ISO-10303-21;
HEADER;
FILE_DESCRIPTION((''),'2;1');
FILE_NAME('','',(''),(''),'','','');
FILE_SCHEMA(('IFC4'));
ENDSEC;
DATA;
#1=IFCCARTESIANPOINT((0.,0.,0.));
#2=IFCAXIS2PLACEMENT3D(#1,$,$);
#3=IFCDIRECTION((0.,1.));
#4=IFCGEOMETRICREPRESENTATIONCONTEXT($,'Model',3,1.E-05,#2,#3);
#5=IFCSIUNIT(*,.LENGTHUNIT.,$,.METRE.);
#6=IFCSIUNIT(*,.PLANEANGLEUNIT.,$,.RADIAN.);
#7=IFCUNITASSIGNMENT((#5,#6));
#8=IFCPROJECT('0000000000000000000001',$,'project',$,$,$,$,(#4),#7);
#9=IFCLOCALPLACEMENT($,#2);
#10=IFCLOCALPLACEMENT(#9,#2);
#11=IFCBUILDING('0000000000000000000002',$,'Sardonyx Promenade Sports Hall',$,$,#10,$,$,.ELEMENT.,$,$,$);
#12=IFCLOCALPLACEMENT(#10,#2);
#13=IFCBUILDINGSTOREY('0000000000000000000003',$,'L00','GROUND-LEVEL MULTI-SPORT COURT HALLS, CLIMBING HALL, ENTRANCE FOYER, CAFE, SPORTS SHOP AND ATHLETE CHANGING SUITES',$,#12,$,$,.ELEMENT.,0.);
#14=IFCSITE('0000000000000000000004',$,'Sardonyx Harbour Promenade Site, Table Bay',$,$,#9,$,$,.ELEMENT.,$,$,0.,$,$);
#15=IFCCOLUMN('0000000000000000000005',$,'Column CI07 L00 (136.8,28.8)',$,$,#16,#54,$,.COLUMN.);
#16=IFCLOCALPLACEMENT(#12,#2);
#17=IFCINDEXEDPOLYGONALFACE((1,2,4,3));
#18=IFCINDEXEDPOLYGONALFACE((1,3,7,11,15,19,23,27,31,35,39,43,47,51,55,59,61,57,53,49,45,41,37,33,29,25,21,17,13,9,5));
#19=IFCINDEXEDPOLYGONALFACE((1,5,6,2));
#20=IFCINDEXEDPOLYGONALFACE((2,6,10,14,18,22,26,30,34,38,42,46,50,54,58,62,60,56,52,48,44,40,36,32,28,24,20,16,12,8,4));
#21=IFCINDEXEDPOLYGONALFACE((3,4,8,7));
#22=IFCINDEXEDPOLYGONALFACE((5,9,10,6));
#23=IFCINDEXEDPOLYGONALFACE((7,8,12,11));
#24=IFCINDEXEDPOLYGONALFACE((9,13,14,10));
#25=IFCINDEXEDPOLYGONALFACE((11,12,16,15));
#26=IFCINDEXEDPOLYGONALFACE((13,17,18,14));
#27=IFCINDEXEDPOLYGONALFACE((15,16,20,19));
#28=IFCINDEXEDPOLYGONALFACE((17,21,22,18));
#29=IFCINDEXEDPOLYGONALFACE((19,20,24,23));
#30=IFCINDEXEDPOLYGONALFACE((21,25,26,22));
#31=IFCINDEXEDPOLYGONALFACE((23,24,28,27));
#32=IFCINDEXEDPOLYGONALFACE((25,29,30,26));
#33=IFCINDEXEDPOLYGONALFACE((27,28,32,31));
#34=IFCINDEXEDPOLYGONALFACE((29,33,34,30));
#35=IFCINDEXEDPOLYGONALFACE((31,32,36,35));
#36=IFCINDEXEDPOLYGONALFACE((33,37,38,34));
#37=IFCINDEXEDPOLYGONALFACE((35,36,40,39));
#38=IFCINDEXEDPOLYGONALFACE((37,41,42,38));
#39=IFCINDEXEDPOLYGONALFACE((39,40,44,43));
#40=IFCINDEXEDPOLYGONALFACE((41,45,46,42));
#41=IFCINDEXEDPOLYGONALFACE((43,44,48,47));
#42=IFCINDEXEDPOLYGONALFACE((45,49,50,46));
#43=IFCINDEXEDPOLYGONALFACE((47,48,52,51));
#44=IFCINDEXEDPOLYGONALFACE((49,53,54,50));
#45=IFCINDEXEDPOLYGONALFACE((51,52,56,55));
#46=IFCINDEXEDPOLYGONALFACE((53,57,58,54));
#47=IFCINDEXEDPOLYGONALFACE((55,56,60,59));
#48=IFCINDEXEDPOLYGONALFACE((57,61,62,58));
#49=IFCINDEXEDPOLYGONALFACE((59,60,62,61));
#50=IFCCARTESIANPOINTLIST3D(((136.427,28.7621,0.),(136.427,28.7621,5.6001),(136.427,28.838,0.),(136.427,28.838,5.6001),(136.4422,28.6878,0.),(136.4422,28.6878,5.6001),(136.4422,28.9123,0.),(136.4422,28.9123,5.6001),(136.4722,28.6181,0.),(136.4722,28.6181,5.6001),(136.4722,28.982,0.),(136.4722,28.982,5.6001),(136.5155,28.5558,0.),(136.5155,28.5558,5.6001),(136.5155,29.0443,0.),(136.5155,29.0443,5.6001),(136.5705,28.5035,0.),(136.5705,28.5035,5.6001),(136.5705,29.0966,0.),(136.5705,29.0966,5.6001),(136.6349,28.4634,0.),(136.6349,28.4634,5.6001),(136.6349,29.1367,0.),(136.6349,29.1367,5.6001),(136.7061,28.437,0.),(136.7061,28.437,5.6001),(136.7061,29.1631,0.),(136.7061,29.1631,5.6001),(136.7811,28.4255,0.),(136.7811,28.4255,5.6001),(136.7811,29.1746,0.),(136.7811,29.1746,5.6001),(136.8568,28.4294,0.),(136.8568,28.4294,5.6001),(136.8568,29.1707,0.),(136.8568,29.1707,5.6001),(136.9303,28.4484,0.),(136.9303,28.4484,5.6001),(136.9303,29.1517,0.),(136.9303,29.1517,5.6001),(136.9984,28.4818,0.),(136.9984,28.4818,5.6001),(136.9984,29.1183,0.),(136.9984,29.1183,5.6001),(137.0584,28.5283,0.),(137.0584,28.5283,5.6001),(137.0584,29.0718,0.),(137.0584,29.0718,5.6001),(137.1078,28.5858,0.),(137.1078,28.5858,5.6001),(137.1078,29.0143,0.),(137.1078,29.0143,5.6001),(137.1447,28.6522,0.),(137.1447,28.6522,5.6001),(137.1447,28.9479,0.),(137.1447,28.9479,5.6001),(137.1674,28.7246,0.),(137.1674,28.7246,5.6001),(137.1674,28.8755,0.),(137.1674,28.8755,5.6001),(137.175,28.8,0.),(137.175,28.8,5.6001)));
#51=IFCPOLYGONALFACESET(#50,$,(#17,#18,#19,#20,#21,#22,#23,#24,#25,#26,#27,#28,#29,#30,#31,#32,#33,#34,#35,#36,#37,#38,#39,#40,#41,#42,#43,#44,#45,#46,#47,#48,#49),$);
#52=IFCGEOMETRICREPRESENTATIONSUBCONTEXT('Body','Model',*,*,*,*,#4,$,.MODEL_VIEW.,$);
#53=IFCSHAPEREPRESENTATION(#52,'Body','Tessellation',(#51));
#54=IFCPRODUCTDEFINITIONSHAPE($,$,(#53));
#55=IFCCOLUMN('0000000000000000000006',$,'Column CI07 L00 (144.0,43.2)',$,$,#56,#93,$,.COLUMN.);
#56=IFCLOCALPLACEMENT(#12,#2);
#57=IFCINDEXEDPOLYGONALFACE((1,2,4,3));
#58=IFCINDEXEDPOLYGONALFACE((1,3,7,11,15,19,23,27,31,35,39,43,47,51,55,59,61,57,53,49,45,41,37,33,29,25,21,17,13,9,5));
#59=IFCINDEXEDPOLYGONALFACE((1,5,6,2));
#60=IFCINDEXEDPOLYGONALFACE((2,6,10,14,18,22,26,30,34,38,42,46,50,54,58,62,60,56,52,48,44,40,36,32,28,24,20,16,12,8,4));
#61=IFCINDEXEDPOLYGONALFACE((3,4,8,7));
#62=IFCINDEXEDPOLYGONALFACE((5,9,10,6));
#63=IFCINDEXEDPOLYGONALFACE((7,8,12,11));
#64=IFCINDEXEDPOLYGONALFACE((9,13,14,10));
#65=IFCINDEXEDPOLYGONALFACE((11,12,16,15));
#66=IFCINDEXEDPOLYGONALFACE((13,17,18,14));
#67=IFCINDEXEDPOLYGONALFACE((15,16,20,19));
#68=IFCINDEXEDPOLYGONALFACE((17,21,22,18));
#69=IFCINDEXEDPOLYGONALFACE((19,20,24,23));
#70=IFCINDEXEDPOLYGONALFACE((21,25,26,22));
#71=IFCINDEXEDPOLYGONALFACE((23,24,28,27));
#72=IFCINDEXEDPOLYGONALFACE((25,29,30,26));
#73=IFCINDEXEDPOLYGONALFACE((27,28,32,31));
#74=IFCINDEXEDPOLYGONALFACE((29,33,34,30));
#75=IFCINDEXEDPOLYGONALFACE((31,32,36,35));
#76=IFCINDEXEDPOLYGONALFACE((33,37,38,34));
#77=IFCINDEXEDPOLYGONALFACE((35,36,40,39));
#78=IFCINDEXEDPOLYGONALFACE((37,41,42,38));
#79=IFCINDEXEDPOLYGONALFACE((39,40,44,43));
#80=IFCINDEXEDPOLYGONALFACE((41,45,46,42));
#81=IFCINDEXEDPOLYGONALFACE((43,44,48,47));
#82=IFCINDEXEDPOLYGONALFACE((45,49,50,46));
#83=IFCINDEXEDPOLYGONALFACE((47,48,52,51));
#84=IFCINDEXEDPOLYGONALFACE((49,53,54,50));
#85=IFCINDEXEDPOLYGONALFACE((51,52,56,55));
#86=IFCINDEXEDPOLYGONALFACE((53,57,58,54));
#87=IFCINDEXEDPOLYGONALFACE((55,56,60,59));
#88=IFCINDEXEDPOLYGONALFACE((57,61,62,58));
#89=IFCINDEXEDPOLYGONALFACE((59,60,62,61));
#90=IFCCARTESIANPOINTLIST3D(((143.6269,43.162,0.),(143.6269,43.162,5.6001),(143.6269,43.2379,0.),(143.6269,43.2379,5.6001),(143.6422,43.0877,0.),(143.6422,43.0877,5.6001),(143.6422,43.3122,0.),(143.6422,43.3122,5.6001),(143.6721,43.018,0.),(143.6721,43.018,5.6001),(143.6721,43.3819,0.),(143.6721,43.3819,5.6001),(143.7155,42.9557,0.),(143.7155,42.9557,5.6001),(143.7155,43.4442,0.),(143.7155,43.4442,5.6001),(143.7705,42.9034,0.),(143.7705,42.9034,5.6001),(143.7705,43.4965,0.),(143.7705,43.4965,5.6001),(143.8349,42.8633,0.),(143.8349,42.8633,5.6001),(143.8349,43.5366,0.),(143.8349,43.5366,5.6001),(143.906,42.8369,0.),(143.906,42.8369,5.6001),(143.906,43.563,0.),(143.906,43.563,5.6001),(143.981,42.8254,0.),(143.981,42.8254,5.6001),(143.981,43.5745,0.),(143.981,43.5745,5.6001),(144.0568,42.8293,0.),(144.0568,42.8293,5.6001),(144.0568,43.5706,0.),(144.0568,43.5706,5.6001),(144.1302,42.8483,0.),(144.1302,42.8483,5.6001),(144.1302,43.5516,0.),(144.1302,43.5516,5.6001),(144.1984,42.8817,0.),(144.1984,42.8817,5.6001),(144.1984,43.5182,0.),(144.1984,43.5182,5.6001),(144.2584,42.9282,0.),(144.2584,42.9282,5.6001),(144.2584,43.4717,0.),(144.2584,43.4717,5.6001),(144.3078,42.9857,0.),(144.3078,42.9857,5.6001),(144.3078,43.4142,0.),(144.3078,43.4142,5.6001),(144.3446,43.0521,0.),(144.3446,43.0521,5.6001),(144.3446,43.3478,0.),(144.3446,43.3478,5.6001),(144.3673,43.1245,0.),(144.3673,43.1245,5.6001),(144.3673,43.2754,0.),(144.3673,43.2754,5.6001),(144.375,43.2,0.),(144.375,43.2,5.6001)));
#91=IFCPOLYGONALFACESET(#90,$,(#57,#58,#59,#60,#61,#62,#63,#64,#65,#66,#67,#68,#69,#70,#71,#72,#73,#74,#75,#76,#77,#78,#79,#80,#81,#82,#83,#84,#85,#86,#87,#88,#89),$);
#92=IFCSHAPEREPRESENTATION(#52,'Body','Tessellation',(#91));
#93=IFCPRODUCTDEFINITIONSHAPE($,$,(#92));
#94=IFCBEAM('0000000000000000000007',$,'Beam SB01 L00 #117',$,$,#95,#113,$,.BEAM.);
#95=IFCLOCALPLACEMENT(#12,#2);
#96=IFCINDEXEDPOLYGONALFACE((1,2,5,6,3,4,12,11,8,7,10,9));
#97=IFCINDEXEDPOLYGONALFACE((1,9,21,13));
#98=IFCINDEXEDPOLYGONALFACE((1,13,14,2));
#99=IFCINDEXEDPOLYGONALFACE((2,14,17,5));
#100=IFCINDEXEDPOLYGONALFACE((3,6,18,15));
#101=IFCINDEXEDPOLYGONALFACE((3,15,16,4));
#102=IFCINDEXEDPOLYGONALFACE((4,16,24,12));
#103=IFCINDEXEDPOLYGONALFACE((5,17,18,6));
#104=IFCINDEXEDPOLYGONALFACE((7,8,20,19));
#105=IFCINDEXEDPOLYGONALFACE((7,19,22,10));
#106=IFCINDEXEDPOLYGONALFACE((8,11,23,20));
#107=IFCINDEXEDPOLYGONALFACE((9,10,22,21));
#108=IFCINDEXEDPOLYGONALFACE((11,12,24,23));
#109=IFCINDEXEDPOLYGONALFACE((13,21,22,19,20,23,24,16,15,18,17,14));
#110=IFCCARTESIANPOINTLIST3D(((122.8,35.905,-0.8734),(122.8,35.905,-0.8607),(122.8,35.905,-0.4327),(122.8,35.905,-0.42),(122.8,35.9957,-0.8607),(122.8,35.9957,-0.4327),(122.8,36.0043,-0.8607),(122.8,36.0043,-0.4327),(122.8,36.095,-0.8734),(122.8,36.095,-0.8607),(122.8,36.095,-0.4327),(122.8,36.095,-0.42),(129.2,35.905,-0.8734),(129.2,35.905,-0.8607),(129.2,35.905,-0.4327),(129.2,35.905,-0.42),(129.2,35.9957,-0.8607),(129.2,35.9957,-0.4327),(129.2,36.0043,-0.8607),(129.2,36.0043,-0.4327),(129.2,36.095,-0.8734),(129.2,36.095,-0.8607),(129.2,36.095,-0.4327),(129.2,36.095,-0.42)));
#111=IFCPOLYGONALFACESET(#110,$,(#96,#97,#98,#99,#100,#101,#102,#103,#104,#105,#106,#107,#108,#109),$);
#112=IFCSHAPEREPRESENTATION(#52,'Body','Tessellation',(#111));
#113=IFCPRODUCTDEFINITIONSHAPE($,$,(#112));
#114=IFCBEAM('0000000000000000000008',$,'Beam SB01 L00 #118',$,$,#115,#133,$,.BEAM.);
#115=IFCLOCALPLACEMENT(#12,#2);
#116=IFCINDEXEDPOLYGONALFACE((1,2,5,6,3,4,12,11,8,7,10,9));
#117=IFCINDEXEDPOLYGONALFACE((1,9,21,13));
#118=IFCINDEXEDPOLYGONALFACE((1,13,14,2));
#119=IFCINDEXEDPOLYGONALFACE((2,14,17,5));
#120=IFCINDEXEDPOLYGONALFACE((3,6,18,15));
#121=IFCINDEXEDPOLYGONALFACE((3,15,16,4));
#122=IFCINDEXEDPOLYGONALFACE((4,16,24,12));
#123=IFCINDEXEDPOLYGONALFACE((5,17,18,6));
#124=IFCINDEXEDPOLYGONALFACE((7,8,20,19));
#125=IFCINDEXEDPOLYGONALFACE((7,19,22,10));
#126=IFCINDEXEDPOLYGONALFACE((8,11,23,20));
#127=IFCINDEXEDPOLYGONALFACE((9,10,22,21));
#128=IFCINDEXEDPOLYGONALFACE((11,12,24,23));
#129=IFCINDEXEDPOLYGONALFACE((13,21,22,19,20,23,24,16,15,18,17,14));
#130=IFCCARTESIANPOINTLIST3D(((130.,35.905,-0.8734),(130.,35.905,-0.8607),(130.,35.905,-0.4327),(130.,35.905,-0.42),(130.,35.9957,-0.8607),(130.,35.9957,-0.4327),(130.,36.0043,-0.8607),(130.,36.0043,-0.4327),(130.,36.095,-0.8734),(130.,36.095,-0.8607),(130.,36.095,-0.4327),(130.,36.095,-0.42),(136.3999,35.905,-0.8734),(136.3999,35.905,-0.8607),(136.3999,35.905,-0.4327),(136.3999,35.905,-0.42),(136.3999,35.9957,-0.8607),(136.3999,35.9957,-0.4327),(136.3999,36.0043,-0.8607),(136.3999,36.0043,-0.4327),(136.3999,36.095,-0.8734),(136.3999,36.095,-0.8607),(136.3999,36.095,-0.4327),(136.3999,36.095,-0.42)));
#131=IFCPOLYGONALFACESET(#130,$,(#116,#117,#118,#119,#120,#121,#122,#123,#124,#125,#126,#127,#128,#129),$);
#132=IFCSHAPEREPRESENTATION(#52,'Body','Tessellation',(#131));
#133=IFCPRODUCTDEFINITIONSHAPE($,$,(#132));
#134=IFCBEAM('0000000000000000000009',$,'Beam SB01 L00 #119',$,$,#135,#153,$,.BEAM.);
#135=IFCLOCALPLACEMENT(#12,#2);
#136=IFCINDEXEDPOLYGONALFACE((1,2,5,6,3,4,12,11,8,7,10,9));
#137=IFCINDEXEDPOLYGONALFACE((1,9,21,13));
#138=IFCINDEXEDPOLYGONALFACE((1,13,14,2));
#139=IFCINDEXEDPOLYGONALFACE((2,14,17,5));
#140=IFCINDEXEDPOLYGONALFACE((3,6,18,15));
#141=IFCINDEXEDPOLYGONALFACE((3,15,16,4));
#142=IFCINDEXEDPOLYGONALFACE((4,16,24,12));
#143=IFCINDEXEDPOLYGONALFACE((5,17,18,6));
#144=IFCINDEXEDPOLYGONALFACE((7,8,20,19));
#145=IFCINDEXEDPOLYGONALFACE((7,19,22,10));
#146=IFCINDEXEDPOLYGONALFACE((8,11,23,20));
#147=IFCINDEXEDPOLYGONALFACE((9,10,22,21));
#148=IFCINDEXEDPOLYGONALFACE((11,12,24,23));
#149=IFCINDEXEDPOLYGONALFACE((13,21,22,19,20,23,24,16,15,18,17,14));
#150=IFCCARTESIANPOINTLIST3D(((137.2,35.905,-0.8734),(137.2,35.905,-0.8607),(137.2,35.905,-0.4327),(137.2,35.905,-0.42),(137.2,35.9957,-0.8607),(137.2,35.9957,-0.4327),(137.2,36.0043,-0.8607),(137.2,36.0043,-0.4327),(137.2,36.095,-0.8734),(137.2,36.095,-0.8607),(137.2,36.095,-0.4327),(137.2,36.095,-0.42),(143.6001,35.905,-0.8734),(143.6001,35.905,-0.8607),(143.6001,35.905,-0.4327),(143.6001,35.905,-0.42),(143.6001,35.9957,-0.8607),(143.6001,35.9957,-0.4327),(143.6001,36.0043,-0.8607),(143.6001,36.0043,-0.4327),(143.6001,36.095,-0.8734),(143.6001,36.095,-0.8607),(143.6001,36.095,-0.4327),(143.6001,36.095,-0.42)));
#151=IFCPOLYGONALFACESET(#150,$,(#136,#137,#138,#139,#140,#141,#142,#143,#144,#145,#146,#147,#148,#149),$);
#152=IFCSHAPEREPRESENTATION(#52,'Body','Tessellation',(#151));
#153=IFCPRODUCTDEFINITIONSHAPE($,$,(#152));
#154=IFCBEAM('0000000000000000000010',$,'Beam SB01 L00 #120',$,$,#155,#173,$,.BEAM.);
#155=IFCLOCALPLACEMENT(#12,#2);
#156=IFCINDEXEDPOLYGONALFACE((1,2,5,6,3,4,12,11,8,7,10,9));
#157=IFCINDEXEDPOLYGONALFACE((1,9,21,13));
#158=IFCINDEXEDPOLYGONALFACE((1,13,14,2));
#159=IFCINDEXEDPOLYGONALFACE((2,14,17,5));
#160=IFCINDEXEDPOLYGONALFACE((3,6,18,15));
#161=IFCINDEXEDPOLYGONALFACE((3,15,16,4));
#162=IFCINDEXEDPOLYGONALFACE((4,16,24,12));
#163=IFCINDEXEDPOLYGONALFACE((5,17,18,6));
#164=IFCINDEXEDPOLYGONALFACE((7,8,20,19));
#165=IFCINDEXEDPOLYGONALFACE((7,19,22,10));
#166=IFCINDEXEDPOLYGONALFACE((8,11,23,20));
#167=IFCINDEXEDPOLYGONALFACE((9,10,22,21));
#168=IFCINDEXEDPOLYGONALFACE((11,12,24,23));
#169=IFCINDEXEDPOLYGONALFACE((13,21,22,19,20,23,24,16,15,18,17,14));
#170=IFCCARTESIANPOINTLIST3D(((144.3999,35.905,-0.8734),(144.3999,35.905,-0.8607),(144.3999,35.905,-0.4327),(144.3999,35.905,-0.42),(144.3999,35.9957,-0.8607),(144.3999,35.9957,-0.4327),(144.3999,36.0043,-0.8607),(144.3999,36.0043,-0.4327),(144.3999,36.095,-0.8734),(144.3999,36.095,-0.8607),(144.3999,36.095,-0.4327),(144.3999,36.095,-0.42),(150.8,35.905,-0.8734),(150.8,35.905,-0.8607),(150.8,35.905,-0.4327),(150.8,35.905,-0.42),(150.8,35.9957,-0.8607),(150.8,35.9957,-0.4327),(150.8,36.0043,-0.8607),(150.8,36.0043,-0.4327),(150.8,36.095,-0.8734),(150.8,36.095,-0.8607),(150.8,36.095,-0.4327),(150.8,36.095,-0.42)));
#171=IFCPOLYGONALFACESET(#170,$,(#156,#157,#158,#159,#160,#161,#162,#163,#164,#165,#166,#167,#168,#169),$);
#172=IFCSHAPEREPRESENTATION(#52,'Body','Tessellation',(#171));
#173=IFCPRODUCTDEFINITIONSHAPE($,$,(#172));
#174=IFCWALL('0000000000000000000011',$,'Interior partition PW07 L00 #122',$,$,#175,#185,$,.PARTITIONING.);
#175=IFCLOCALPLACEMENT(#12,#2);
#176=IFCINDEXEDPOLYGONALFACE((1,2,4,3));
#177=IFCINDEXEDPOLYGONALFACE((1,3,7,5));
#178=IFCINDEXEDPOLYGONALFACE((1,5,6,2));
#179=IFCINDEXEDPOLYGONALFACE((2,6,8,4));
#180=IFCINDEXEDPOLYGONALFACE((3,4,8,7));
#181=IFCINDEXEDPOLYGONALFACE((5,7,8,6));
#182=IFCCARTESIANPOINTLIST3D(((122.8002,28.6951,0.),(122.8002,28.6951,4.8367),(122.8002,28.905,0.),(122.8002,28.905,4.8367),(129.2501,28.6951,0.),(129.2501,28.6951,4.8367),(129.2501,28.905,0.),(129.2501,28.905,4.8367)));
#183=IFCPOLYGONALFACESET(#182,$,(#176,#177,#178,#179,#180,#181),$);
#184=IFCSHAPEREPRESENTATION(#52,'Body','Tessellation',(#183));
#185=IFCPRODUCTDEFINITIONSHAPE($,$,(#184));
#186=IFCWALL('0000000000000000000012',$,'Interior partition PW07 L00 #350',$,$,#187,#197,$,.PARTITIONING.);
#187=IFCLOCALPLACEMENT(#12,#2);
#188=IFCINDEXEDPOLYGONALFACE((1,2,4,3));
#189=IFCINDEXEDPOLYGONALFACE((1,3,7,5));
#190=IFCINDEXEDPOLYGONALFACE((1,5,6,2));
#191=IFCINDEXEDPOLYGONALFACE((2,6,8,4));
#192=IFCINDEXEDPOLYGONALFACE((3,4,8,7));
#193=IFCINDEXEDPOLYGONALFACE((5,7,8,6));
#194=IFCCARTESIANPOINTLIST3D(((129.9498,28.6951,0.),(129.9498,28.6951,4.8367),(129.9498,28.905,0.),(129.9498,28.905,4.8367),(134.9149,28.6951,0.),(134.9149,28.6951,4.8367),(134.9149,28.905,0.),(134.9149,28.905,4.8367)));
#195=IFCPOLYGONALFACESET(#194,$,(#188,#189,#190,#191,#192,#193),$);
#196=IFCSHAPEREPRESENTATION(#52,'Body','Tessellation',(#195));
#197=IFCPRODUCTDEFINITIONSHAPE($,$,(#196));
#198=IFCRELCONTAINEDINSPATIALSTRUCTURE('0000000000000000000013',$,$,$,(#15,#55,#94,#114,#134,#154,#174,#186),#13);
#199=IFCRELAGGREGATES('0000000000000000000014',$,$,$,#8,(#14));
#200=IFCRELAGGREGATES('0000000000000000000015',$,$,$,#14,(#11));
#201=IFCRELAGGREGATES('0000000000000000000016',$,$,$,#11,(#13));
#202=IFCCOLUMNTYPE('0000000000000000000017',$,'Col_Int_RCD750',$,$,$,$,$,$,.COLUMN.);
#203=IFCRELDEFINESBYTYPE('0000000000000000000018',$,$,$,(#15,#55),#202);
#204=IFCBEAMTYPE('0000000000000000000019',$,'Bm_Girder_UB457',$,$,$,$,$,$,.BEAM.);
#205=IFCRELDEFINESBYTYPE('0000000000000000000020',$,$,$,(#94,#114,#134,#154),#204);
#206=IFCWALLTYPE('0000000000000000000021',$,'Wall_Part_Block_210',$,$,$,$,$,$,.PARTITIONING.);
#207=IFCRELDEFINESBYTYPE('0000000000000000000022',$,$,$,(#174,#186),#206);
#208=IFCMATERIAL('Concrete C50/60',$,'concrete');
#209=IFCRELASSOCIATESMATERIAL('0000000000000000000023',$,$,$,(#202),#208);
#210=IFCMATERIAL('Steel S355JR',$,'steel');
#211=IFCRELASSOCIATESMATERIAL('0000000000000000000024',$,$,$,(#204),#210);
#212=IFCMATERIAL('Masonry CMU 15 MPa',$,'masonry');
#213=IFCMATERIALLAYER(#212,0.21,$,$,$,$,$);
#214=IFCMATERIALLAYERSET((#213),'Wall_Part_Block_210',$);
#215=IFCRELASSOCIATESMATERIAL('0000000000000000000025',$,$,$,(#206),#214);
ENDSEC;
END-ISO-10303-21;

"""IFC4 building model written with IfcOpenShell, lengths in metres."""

from ifc_helpers import new_model, si_unit, direction, frame, frame_2d, origin, origin_2d, place, context, subcontext, project, spatial, rectangle, circle, i_section, extrude, material, layer, layer_set, material_profile, profile_set, type_object, element, save


model = new_model("IFC4")

# Units and contexts
model_context = context("Model", 3, precision=1e-05, world=origin(), true_north=direction((0.0, 1.0)))
body_context = subcontext(model_context, "Body", "Model", "MODEL_VIEW")
ifc_project = project(units=[si_unit("LENGTHUNIT", "METRE"), si_unit("PLANEANGLEUNIT", "RADIAN")], contexts=[model_context])

# Site, building, storey
site_placement = place(None, origin())
site = spatial("IfcSite", under=ifc_project, at=site_placement, Name="Sardonyx Harbour Promenade Site, Table Bay", CompositionType="ELEMENT", RefElevation=0.0)
building_placement = place(site_placement, origin())
building = spatial("IfcBuilding", under=site, at=building_placement, Name="Sardonyx Promenade Sports Hall", CompositionType="ELEMENT")
storey_placement = place(building_placement, origin())
storey = spatial("IfcBuildingStorey", under=building, at=storey_placement, Name="L00", Description="GROUND-LEVEL MULTI-SPORT COURT HALLS, CLIMBING HALL, ENTRANCE FOYER, CAFE, SPORTS SHOP AND ATHLETE CHANGING SUITES", CompositionType="ELEMENT", Elevation=0.0)

# Columns
ifc_material_1 = material(Name="Concrete C50/60", Category="concrete")
ifc_material_profile_1 = material_profile(ifc_material_1, circle(Radius=0.375, at=origin_2d()))
ifc_profile_set_1 = profile_set([ifc_material_profile_1], Name="Concrete C50/60")
column_type_1 = type_object("IfcColumnType", Name="Col_Int_RCD750", PredefinedType="COLUMN", material=ifc_profile_set_1)
for number, where, z_axis, x_axis, name in (
    (1, (136.8, 28.8, 0.0), (0.0, 0.0, 1.0), (1.0, 0.0, 0.0), "Column CI07 L00 (136.8,28.8)"),
    (2, (144.0, 43.2, 0.0), (0.0, 0.0, 1.0), (1.0, 0.0, 0.0), "Column CI07 L00 (144.0,43.2)"),
):
    element("IfcColumn", number, at=place(storey_placement, frame(where, z_axis=z_axis, x_axis=x_axis)), inside=storey, type_object=column_type_1, Name=name, PredefinedType="COLUMN", context=body_context, shape_type="SweptSolid", body=[
        extrude(circle(Radius=0.375, at=origin_2d()), origin(), (0.0, 0.0, 1.0), 5.6001),
    ])

# Beams
ifc_material_2 = material(Name="Steel S355JR", Category="steel")
ifc_material_profile_2 = material_profile(ifc_material_2, i_section(OverallWidth=0.1899, OverallDepth=0.4534, WebThickness=0.0085, FlangeThickness=0.0127, at=origin_2d()))
ifc_profile_set_2 = profile_set([ifc_material_profile_2], Name="Steel S355JR")
beam_type = type_object("IfcBeamType", Name="Bm_Girder_UB457", PredefinedType="BEAM", material=ifc_profile_set_2)
for number, where, z_axis, x_axis, name in (
    (3, (122.8, 36.0, -0.6467), (1.0, 0.0, 0.0), (0.0, 1.0, 0.0), "Beam SB01 L00 #117"),
    (4, (130.0, 36.0, -0.6467), (1.0, 0.0, 0.0), (0.0, 1.0, 0.0), "Beam SB01 L00 #118"),
):
    element("IfcBeam", number, at=place(storey_placement, frame(where, z_axis=z_axis, x_axis=x_axis)), inside=storey, type_object=beam_type, Name=name, PredefinedType="BEAM", context=body_context, shape_type="SweptSolid", body=[
        extrude(i_section(OverallWidth=0.1899, OverallDepth=0.4534, WebThickness=0.0085, FlangeThickness=0.0127, at=origin_2d()), origin(), (0.0, 0.0, 1.0), 6.3999),
    ])
for number, where, z_axis, x_axis, name in (
    (5, (137.2, 36.0, -0.6467), (1.0, 0.0, 0.0), (0.0, 1.0, 0.0), "Beam SB01 L00 #119"),
    (6, (144.3999, 36.0, -0.6467), (1.0, 0.0, 0.0), (0.0, 1.0, 0.0), "Beam SB01 L00 #120"),
):
    element("IfcBeam", number, at=place(storey_placement, frame(where, z_axis=z_axis, x_axis=x_axis)), inside=storey, type_object=beam_type, Name=name, PredefinedType="BEAM", context=body_context, shape_type="SweptSolid", body=[
        extrude(i_section(OverallWidth=0.1899, OverallDepth=0.4534, WebThickness=0.0085, FlangeThickness=0.0127, at=origin_2d()), origin(), (0.0, 0.0, 1.0), 6.4001),
    ])

# Walls
ifc_material_3 = material(Name="Masonry CMU 15 MPa", Category="masonry")
ifc_layer_1 = layer(ifc_material_3, 0.21)
ifc_layer_set_1 = layer_set([ifc_layer_1], Name="Wall_Part_Block_210")
wall_type_1 = type_object("IfcWallType", Name="Wall_Part_Block_210", PredefinedType="PARTITIONING", material=ifc_layer_set_1)
wall_1_placement = place(storey_placement, frame((122.8, 28.8, 0.0), z_axis=(0.0, 0.0, 1.0), x_axis=(1.0, 0.0, 0.0)))
element("IfcWall", 7, at=wall_1_placement, inside=storey, type_object=wall_type_1, Name="Interior partition PW07 L00 #122", PredefinedType="PARTITIONING", context=body_context, shape_type="SweptSolid", body=[
    extrude(rectangle(XDim=6.45, YDim=0.21, at=frame_2d((3.2251, 0.0))), origin(), (0.0, 0.0, 1.0), 4.8367),
])
wall_2_placement = place(storey_placement, frame((129.95, 28.8, 0.0), z_axis=(0.0, 0.0, 1.0), x_axis=(1.0, 0.0, 0.0)))
element("IfcWall", 8, at=wall_2_placement, inside=storey, type_object=wall_type_1, Name="Interior partition PW07 L00 #350", PredefinedType="PARTITIONING", context=body_context, shape_type="SweptSolid", body=[
    extrude(rectangle(XDim=4.9651, YDim=0.21, at=frame_2d((2.4824, 0.0))), origin(), (0.0, 0.0, 1.0), 4.8367),
])

save(model, "model.ifc")
